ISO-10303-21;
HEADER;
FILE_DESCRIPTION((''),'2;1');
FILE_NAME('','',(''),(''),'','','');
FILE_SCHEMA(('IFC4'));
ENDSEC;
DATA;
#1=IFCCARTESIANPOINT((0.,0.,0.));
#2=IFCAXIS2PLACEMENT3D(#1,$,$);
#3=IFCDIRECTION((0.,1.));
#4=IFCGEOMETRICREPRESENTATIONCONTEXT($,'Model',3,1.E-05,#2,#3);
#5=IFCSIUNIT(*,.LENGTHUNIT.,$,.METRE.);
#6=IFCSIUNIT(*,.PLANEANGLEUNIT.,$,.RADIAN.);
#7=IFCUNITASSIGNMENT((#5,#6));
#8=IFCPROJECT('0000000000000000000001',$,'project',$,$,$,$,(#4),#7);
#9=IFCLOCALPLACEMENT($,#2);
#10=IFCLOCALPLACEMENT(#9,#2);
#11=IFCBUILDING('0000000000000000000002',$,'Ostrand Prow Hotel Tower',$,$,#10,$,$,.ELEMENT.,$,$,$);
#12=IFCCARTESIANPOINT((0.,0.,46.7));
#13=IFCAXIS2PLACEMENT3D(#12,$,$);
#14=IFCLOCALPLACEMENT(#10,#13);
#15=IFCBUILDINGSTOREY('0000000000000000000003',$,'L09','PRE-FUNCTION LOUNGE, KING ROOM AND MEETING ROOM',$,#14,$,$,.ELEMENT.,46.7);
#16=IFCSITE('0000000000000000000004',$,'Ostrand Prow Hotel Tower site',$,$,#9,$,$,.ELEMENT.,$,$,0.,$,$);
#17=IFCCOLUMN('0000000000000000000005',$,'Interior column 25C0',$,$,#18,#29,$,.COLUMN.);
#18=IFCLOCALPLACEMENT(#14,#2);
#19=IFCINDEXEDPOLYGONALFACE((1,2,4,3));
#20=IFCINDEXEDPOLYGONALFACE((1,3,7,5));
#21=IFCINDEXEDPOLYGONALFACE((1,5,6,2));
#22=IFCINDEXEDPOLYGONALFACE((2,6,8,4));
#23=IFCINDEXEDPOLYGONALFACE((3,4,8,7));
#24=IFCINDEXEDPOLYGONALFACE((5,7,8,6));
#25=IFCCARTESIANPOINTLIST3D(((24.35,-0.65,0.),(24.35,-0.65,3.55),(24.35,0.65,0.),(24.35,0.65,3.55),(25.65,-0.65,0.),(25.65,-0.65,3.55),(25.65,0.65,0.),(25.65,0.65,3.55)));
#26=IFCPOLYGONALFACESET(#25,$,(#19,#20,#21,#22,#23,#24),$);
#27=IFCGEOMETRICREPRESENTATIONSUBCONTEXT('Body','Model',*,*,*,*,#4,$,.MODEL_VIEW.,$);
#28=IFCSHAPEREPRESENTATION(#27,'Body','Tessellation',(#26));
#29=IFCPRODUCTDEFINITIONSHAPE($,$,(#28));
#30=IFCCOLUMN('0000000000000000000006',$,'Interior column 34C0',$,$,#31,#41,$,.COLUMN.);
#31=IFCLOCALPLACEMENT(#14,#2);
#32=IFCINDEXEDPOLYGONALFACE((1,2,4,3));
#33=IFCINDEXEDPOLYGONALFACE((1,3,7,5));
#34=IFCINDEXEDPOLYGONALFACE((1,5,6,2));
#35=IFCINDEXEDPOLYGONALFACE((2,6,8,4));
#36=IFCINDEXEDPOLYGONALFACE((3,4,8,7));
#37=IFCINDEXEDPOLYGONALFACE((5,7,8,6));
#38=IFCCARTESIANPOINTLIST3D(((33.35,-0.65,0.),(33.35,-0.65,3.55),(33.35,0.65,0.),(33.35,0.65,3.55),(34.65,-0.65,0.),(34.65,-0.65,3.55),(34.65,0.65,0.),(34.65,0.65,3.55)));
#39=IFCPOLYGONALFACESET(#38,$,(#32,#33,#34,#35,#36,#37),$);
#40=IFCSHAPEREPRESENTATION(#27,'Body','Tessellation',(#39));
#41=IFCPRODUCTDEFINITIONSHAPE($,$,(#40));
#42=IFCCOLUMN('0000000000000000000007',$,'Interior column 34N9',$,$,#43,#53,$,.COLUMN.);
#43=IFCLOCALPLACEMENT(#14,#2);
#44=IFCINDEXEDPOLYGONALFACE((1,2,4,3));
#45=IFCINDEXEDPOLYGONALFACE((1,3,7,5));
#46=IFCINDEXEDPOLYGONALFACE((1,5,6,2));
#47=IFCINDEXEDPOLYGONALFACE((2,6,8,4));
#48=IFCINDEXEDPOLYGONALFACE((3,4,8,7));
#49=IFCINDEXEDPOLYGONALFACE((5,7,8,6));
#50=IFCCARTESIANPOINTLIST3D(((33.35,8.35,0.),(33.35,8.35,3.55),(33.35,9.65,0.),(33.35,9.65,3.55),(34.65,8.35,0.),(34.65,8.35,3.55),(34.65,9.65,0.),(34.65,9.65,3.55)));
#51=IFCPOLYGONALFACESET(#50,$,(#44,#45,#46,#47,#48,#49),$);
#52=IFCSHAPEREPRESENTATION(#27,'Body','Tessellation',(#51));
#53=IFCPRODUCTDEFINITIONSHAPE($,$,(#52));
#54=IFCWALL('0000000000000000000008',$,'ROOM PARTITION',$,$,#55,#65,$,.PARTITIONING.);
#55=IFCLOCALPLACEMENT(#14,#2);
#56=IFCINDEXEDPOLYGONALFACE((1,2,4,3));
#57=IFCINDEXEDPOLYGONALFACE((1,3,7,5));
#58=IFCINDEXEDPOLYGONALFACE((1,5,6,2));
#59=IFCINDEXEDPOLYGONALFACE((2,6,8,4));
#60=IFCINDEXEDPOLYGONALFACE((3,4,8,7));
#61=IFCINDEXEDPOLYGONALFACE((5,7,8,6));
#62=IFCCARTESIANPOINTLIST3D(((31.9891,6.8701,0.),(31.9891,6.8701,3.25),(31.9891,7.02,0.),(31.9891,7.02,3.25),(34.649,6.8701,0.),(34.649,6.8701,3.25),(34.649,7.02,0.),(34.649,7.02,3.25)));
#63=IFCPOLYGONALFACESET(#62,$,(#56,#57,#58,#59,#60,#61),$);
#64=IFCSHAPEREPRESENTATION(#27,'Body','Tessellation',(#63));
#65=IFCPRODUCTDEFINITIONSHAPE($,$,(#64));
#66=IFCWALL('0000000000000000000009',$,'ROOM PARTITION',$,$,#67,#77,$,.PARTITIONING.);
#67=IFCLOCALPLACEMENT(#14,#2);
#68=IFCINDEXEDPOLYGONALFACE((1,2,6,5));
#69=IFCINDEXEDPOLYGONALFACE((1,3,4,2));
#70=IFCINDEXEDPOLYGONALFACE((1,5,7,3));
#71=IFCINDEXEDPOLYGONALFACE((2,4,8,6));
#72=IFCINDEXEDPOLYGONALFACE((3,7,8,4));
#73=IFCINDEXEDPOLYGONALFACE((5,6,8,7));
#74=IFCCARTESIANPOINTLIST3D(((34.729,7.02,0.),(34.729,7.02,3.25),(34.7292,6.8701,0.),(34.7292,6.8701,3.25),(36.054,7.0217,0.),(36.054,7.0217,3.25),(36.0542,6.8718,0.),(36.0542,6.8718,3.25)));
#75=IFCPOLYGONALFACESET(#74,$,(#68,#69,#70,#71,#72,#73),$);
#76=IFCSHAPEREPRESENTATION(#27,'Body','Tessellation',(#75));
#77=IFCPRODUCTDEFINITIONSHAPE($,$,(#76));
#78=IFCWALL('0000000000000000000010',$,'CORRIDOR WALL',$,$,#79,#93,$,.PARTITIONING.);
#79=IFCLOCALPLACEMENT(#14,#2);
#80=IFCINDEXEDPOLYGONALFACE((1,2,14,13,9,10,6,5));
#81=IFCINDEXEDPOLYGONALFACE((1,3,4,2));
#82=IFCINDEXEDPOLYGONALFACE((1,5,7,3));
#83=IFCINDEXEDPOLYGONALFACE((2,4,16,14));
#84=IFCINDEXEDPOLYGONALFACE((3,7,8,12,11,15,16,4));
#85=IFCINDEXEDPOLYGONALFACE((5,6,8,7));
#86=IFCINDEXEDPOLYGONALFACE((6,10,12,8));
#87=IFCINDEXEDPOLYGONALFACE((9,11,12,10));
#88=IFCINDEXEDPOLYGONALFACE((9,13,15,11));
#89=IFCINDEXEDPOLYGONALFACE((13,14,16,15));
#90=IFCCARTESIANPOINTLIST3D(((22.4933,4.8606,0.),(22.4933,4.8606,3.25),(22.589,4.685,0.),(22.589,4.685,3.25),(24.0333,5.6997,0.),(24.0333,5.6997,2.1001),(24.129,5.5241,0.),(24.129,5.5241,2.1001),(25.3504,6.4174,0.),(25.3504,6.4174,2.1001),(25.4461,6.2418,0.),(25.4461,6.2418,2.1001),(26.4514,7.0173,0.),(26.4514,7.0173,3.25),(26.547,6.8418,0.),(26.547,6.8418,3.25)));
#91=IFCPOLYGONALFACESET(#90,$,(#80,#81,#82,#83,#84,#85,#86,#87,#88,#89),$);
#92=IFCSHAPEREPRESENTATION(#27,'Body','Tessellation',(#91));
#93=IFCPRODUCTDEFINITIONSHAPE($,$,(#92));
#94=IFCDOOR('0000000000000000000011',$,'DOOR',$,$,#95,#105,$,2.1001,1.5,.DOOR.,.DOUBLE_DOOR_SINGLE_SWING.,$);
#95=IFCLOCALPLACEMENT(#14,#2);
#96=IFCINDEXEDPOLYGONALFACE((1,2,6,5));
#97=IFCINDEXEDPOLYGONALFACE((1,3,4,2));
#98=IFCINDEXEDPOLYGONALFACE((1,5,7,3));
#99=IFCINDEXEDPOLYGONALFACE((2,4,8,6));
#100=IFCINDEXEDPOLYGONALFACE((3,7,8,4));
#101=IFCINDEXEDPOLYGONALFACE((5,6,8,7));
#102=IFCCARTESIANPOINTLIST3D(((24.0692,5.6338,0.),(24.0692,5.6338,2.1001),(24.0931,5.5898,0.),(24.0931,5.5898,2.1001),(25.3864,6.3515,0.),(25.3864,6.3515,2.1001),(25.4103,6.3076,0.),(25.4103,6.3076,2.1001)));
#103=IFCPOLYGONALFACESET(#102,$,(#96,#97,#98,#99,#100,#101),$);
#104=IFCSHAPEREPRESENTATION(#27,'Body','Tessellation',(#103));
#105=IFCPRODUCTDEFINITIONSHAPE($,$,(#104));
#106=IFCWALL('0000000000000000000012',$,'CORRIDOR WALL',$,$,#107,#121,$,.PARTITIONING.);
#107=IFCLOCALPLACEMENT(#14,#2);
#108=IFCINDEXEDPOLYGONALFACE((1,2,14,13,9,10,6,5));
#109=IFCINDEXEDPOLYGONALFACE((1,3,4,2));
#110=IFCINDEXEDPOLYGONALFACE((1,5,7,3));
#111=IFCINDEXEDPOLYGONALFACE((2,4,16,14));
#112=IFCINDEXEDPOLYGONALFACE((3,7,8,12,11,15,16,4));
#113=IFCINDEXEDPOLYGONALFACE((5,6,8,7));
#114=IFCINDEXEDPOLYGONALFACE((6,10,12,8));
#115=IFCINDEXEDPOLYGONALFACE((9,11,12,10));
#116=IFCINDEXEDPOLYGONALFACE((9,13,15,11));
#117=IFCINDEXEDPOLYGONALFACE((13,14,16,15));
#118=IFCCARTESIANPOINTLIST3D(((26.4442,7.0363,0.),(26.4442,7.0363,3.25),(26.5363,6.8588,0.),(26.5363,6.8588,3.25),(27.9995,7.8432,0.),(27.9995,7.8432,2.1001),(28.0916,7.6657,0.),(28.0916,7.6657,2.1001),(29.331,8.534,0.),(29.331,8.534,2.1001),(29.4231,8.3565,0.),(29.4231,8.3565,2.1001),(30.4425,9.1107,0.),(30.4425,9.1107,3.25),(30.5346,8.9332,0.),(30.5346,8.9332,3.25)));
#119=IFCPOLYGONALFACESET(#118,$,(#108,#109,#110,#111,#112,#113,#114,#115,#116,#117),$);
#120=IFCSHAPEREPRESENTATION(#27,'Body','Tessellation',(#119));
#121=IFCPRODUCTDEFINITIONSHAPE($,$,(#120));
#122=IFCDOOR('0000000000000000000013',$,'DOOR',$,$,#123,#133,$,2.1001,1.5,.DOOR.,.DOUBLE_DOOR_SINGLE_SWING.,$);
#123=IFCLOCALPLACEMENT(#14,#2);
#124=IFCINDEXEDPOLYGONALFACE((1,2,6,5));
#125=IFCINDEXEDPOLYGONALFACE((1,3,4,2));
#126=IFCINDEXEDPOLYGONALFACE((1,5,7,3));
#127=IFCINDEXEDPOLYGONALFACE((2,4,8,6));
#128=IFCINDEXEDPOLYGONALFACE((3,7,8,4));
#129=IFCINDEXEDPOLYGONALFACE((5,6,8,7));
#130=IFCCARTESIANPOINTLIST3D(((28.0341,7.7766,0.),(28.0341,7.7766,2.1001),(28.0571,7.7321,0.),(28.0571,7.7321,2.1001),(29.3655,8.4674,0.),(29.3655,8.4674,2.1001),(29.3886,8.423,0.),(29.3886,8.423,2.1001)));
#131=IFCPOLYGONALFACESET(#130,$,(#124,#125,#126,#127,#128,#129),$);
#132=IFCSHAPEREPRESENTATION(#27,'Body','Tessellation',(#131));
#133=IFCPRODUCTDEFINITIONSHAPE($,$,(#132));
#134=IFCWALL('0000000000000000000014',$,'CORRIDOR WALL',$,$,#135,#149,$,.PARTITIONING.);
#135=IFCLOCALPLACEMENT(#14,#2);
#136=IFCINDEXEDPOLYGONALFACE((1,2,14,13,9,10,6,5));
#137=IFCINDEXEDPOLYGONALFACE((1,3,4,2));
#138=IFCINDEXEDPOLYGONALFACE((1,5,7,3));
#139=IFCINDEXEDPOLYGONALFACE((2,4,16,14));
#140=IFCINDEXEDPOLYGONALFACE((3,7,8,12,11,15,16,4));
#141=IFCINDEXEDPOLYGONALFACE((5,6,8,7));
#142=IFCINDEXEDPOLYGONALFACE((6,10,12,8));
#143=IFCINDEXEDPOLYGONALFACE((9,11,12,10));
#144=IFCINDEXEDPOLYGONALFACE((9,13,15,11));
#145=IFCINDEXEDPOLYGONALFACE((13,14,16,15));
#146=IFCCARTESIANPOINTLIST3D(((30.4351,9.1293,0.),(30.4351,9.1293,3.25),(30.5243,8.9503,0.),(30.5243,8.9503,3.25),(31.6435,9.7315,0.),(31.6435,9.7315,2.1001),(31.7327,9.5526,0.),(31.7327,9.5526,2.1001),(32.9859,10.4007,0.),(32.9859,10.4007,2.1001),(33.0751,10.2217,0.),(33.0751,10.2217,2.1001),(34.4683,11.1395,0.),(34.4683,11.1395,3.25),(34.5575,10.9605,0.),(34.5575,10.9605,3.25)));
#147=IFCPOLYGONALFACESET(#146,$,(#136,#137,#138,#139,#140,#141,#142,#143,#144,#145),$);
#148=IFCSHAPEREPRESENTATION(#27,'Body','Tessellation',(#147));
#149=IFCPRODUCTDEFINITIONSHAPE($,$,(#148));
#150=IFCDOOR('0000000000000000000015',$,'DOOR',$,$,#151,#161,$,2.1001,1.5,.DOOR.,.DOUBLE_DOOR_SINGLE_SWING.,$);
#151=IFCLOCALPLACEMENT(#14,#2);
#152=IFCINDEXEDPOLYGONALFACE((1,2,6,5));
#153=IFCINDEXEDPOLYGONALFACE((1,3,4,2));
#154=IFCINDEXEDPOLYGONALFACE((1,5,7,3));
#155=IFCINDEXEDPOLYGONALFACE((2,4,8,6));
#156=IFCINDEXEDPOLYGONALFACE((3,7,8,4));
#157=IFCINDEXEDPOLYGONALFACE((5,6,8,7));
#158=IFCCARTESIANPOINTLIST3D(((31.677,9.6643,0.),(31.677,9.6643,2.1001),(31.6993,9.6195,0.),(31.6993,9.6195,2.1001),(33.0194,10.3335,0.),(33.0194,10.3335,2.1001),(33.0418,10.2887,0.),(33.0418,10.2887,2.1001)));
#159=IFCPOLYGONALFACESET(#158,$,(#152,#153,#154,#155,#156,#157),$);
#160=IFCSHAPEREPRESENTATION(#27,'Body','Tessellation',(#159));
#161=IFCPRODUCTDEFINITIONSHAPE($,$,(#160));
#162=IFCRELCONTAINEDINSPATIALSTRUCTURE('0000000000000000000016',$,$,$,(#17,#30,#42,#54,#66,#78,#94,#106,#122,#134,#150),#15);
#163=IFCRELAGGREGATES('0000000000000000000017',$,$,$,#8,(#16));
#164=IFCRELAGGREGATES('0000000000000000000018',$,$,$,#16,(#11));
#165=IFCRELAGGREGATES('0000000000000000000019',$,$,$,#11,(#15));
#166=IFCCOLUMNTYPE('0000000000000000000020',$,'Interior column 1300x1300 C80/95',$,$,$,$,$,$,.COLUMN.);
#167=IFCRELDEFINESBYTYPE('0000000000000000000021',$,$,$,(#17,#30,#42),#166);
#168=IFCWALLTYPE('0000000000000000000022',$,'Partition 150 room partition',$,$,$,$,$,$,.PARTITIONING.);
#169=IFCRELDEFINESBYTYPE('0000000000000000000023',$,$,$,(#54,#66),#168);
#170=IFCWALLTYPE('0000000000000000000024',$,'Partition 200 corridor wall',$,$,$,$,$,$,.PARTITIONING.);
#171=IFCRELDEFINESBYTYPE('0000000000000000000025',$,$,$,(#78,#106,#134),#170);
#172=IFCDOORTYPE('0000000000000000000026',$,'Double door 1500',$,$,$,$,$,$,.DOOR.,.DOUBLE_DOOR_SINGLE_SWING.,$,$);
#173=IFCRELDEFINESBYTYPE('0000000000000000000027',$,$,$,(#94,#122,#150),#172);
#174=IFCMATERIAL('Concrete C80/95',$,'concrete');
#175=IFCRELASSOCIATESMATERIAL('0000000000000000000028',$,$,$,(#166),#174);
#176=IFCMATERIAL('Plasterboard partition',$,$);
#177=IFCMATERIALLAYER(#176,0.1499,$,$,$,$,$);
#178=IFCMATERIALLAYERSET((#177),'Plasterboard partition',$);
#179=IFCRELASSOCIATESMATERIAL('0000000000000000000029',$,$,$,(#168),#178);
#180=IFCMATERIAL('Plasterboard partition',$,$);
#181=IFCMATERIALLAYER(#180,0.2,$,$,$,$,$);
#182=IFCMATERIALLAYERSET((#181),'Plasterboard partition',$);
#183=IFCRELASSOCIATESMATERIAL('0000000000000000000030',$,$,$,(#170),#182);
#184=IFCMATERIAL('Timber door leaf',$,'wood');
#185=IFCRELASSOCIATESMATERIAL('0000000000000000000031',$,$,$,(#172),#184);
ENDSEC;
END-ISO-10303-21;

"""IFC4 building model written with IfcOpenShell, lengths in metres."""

from ifc_helpers import new_model, si_unit, direction, frame, frame_2d, origin, origin_2d, place, context, subcontext, project, spatial, rectangle, extrude, material, layer, layer_set, material_profile, profile_set, type_object, element, fill, save


model = new_model("IFC4")

# Units and contexts
model_context = context("Model", 3, precision=1e-05, world=origin(), true_north=direction((0.0, 1.0)))
body_context = subcontext(model_context, "Body", "Model", "MODEL_VIEW")
ifc_project = project(units=[si_unit("LENGTHUNIT", "METRE"), si_unit("PLANEANGLEUNIT", "RADIAN")], contexts=[model_context])

# Site, building, storey
site_placement = place(None, origin())
site = spatial("IfcSite", under=ifc_project, at=site_placement, Name="Ostrand Prow Hotel Tower site", CompositionType="ELEMENT", RefElevation=0.0)
building_placement = place(site_placement, origin())
building = spatial("IfcBuilding", under=site, at=building_placement, Name="Ostrand Prow Hotel Tower", CompositionType="ELEMENT")
storey_placement = place(building_placement, frame((0.0, 0.0, 46.7)))
storey = spatial("IfcBuildingStorey", under=building, at=storey_placement, Name="L09", Description="PRE-FUNCTION LOUNGE, KING ROOM AND MEETING ROOM", CompositionType="ELEMENT", Elevation=46.7)

# Columns
ifc_material_1 = material(Name="Concrete C80/95", Category="concrete")
ifc_material_profile = material_profile(ifc_material_1, rectangle(XDim=1.3, YDim=1.3, at=origin_2d()), Name="RC 1300x1300")
ifc_profile_set = profile_set([ifc_material_profile], Name="Concrete C80/95")
column_type = type_object("IfcColumnType", Name="Interior column 1300x1300 C80/95", PredefinedType="COLUMN", material=ifc_profile_set)
for number, where, z_axis, x_axis, name in (
    (1, (25.0, 0.0, 0.0), (0.0, 0.0, 1.0), (1.0, 0.0, 0.0), "Interior column 25C0"),
    (2, (34.0, 0.0, 0.0), (0.0, 0.0, 1.0), (1.0, 0.0, 0.0), "Interior column 34C0"),
    (3, (34.0, 9.0, 0.0), (0.0, 0.0, 1.0), (1.0, 0.0, 0.0), "Interior column 34N9"),
):
    element("IfcColumn", number, at=place(storey_placement, frame(where, z_axis=z_axis, x_axis=x_axis)), inside=storey, type_object=column_type, Name=name, PredefinedType="COLUMN", context=body_context, shape_type="SweptSolid", body=[
        extrude(rectangle(XDim=1.3, YDim=1.3, at=origin_2d()), origin(), (0.0, 0.0, 1.0), 3.55),
    ])

# Walls
ifc_material_2 = material(Name="Plasterboard partition")
ifc_layer_1 = layer(ifc_material_2, 0.1499)
ifc_layer_set_1 = layer_set([ifc_layer_1], Name="Plasterboard partition")
wall_type_1 = type_object("IfcWallType", Name="Partition 150 room partition", PredefinedType="PARTITIONING", material=ifc_layer_set_1)
wall_1_placement = place(storey_placement, frame((31.989, 6.9451, 0.0), z_axis=(0.0, 0.0, 1.0), x_axis=(1.0, 0.0, 0.0)))
element("IfcWall", 4, at=wall_1_placement, inside=storey, type_object=wall_type_1, Name="ROOM PARTITION", PredefinedType="PARTITIONING", context=body_context, shape_type="SweptSolid", body=[
    extrude(rectangle(XDim=2.6599, YDim=0.1499, at=frame_2d((1.3301, 0.0))), origin(), (0.0, 0.0, 1.0), 3.25),
])
wall_2_placement = place(storey_placement, frame((34.729, 6.9451, 0.0), z_axis=(0.0, 0.0, 1.0), x_axis=(0.999999, 0.00129, 0.0)))
element("IfcWall", 5, at=wall_2_placement, inside=storey, type_object=wall_type_1, Name="ROOM PARTITION", PredefinedType="PARTITIONING", context=body_context, shape_type="SweptSolid", body=[
    extrude(rectangle(XDim=1.325, YDim=0.1499, at=frame_2d((0.6626, 0.0))), origin(), (0.0, 0.0, 1.0), 3.25),
])

# Walls, openings, doors
ifc_material_3 = material(Name="Plasterboard partition")
ifc_layer_2 = layer(ifc_material_3, 0.2)
ifc_layer_set_2 = layer_set([ifc_layer_2], Name="Plasterboard partition")
wall_type_2 = type_object("IfcWallType", Name="Partition 200 corridor wall", PredefinedType="PARTITIONING", material=ifc_layer_set_2)
wall_3_placement = place(storey_placement, frame((22.541, 4.7727, 0.0), z_axis=(0.0, 0.0, 1.0), x_axis=(0.878098, 0.47848, 0.0)))
wall_3 = element("IfcWall", 6, at=wall_3_placement, inside=storey, type_object=wall_type_2, Name="CORRIDOR WALL", PredefinedType="PARTITIONING", context=body_context, shape_type="SweptSolid", body=[
    extrude(rectangle(XDim=4.5076, YDim=0.2, at=frame_2d((2.2539, 0.0))), origin(), (0.0, 0.0, 1.0), 3.25),
])
opening_1_placement = place(wall_3_placement, frame((1.7539, 0.0, 0.0)))
opening_1 = element("IfcOpeningElement", 7, at=opening_1_placement, cuts=wall_3, PredefinedType="OPENING", context=body_context, shape_type="SweptSolid", body=[
    extrude(rectangle(XDim=1.5, YDim=2.1001, at=frame_2d((0.75, 1.05))), frame((0.0, 0.1099, 0.0), z_axis=(0.0, -1.0, 0.0), x_axis=(1.0, 0.0, 0.0)), (0.0, 0.0, 1.0), 0.22),
])
ifc_material_4 = material(Name="Timber door leaf", Category="wood")
door_type_1 = type_object("IfcDoorType", Name="Double door 1500", OperationType="DOUBLE_DOOR_SINGLE_SWING", PredefinedType="DOOR", material=ifc_material_4)
door_1_placement = place(opening_1_placement, origin())
door_1 = element("IfcDoor", 8, at=door_1_placement, inside=storey, type_object=door_type_1, Name="DOOR", OperationType="DOUBLE_DOOR_SINGLE_SWING", OverallHeight=2.1001, OverallWidth=1.5, PredefinedType="DOOR", context=body_context, shape_type="SweptSolid", body=[
    extrude(rectangle(XDim=1.5, YDim=2.1001, at=frame_2d((0.75, 1.05))), frame((0.0, 0.0249, 0.0), z_axis=(0.0, -1.0, 0.0), x_axis=(1.0, 0.0, 0.0)), (0.0, 0.0, 1.0), 0.05),
])
fill(opening_1, door_1)
wall_4_placement = place(storey_placement, frame((26.4902, 6.9475, 0.0), z_axis=(0.0, 0.0, 1.0), x_axis=(0.887639, 0.46054, 0.0)))
wall_4 = element("IfcWall", 9, at=wall_4_placement, inside=storey, type_object=wall_type_2, Name="CORRIDOR WALL", PredefinedType="PARTITIONING", context=body_context, shape_type="SweptSolid", body=[
    extrude(rectangle(XDim=4.5044, YDim=0.2, at=frame_2d((2.2522, 0.0))), origin(), (0.0, 0.0, 1.0), 3.25),
])
opening_2_placement = place(wall_4_placement, frame((1.7522, 0.0, 0.0)))
opening_2 = element("IfcOpeningElement", 10, at=opening_2_placement, cuts=wall_4, PredefinedType="OPENING", context=body_context, shape_type="SweptSolid", body=[
    extrude(rectangle(XDim=1.5, YDim=2.1001, at=frame_2d((0.75, 1.05))), frame((0.0, 0.1099, 0.0), z_axis=(0.0, -1.0, 0.0), x_axis=(1.0, 0.0, 0.0)), (0.0, 0.0, 1.0), 0.22),
])
door_2_placement = place(opening_2_placement, origin())
door_2 = element("IfcDoor", 11, at=door_2_placement, inside=storey, type_object=door_type_1, Name="DOOR", OperationType="DOUBLE_DOOR_SINGLE_SWING", OverallHeight=2.1001, OverallWidth=1.5, PredefinedType="DOOR", context=body_context, shape_type="SweptSolid", body=[
    extrude(rectangle(XDim=1.5, YDim=2.1001, at=frame_2d((0.75, 1.05))), frame((0.0, 0.0249, 0.0), z_axis=(0.0, -1.0, 0.0), x_axis=(1.0, 0.0, 0.0)), (0.0, 0.0, 1.0), 0.05),
])
fill(opening_2, door_2)
wall_5_placement = place(storey_placement, frame((30.4797, 9.0398, 0.0), z_axis=(0.0, 0.0, 1.0), x_axis=(0.89499, 0.446086, 0.0)))
wall_5 = element("IfcWall", 12, at=wall_5_placement, inside=storey, type_object=wall_type_2, Name="CORRIDOR WALL", PredefinedType="PARTITIONING", context=body_context, shape_type="SweptSolid", body=[
    extrude(rectangle(XDim=4.5063, YDim=0.2, at=frame_2d((2.2532, 0.0))), origin(), (0.0, 0.0, 1.0), 3.25),
])
opening_3_placement = place(wall_5_placement, frame((1.3501, 0.0, 0.0)))
opening_3 = element("IfcOpeningElement", 13, at=opening_3_placement, cuts=wall_5, PredefinedType="OPENING", context=body_context, shape_type="SweptSolid", body=[
    extrude(rectangle(XDim=1.5, YDim=2.1001, at=frame_2d((0.75, 1.05))), frame((0.0, 0.1099, 0.0), z_axis=(0.0, -1.0, 0.0), x_axis=(1.0, 0.0, 0.0)), (0.0, 0.0, 1.0), 0.22),
])
door_3_placement = place(opening_3_placement, origin())
door_3 = element("IfcDoor", 14, at=door_3_placement, inside=storey, type_object=door_type_1, Name="DOOR", OperationType="DOUBLE_DOOR_SINGLE_SWING", OverallHeight=2.1001, OverallWidth=1.5, PredefinedType="DOOR", context=body_context, shape_type="SweptSolid", body=[
    extrude(rectangle(XDim=1.5, YDim=2.1001, at=frame_2d((0.75, 1.05))), frame((0.0, 0.0249, 0.0), z_axis=(0.0, -1.0, 0.0), x_axis=(1.0, 0.0, 0.0)), (0.0, 0.0, 1.0), 0.05),
])
fill(opening_3, door_3)

save(model, "model.ifc")
